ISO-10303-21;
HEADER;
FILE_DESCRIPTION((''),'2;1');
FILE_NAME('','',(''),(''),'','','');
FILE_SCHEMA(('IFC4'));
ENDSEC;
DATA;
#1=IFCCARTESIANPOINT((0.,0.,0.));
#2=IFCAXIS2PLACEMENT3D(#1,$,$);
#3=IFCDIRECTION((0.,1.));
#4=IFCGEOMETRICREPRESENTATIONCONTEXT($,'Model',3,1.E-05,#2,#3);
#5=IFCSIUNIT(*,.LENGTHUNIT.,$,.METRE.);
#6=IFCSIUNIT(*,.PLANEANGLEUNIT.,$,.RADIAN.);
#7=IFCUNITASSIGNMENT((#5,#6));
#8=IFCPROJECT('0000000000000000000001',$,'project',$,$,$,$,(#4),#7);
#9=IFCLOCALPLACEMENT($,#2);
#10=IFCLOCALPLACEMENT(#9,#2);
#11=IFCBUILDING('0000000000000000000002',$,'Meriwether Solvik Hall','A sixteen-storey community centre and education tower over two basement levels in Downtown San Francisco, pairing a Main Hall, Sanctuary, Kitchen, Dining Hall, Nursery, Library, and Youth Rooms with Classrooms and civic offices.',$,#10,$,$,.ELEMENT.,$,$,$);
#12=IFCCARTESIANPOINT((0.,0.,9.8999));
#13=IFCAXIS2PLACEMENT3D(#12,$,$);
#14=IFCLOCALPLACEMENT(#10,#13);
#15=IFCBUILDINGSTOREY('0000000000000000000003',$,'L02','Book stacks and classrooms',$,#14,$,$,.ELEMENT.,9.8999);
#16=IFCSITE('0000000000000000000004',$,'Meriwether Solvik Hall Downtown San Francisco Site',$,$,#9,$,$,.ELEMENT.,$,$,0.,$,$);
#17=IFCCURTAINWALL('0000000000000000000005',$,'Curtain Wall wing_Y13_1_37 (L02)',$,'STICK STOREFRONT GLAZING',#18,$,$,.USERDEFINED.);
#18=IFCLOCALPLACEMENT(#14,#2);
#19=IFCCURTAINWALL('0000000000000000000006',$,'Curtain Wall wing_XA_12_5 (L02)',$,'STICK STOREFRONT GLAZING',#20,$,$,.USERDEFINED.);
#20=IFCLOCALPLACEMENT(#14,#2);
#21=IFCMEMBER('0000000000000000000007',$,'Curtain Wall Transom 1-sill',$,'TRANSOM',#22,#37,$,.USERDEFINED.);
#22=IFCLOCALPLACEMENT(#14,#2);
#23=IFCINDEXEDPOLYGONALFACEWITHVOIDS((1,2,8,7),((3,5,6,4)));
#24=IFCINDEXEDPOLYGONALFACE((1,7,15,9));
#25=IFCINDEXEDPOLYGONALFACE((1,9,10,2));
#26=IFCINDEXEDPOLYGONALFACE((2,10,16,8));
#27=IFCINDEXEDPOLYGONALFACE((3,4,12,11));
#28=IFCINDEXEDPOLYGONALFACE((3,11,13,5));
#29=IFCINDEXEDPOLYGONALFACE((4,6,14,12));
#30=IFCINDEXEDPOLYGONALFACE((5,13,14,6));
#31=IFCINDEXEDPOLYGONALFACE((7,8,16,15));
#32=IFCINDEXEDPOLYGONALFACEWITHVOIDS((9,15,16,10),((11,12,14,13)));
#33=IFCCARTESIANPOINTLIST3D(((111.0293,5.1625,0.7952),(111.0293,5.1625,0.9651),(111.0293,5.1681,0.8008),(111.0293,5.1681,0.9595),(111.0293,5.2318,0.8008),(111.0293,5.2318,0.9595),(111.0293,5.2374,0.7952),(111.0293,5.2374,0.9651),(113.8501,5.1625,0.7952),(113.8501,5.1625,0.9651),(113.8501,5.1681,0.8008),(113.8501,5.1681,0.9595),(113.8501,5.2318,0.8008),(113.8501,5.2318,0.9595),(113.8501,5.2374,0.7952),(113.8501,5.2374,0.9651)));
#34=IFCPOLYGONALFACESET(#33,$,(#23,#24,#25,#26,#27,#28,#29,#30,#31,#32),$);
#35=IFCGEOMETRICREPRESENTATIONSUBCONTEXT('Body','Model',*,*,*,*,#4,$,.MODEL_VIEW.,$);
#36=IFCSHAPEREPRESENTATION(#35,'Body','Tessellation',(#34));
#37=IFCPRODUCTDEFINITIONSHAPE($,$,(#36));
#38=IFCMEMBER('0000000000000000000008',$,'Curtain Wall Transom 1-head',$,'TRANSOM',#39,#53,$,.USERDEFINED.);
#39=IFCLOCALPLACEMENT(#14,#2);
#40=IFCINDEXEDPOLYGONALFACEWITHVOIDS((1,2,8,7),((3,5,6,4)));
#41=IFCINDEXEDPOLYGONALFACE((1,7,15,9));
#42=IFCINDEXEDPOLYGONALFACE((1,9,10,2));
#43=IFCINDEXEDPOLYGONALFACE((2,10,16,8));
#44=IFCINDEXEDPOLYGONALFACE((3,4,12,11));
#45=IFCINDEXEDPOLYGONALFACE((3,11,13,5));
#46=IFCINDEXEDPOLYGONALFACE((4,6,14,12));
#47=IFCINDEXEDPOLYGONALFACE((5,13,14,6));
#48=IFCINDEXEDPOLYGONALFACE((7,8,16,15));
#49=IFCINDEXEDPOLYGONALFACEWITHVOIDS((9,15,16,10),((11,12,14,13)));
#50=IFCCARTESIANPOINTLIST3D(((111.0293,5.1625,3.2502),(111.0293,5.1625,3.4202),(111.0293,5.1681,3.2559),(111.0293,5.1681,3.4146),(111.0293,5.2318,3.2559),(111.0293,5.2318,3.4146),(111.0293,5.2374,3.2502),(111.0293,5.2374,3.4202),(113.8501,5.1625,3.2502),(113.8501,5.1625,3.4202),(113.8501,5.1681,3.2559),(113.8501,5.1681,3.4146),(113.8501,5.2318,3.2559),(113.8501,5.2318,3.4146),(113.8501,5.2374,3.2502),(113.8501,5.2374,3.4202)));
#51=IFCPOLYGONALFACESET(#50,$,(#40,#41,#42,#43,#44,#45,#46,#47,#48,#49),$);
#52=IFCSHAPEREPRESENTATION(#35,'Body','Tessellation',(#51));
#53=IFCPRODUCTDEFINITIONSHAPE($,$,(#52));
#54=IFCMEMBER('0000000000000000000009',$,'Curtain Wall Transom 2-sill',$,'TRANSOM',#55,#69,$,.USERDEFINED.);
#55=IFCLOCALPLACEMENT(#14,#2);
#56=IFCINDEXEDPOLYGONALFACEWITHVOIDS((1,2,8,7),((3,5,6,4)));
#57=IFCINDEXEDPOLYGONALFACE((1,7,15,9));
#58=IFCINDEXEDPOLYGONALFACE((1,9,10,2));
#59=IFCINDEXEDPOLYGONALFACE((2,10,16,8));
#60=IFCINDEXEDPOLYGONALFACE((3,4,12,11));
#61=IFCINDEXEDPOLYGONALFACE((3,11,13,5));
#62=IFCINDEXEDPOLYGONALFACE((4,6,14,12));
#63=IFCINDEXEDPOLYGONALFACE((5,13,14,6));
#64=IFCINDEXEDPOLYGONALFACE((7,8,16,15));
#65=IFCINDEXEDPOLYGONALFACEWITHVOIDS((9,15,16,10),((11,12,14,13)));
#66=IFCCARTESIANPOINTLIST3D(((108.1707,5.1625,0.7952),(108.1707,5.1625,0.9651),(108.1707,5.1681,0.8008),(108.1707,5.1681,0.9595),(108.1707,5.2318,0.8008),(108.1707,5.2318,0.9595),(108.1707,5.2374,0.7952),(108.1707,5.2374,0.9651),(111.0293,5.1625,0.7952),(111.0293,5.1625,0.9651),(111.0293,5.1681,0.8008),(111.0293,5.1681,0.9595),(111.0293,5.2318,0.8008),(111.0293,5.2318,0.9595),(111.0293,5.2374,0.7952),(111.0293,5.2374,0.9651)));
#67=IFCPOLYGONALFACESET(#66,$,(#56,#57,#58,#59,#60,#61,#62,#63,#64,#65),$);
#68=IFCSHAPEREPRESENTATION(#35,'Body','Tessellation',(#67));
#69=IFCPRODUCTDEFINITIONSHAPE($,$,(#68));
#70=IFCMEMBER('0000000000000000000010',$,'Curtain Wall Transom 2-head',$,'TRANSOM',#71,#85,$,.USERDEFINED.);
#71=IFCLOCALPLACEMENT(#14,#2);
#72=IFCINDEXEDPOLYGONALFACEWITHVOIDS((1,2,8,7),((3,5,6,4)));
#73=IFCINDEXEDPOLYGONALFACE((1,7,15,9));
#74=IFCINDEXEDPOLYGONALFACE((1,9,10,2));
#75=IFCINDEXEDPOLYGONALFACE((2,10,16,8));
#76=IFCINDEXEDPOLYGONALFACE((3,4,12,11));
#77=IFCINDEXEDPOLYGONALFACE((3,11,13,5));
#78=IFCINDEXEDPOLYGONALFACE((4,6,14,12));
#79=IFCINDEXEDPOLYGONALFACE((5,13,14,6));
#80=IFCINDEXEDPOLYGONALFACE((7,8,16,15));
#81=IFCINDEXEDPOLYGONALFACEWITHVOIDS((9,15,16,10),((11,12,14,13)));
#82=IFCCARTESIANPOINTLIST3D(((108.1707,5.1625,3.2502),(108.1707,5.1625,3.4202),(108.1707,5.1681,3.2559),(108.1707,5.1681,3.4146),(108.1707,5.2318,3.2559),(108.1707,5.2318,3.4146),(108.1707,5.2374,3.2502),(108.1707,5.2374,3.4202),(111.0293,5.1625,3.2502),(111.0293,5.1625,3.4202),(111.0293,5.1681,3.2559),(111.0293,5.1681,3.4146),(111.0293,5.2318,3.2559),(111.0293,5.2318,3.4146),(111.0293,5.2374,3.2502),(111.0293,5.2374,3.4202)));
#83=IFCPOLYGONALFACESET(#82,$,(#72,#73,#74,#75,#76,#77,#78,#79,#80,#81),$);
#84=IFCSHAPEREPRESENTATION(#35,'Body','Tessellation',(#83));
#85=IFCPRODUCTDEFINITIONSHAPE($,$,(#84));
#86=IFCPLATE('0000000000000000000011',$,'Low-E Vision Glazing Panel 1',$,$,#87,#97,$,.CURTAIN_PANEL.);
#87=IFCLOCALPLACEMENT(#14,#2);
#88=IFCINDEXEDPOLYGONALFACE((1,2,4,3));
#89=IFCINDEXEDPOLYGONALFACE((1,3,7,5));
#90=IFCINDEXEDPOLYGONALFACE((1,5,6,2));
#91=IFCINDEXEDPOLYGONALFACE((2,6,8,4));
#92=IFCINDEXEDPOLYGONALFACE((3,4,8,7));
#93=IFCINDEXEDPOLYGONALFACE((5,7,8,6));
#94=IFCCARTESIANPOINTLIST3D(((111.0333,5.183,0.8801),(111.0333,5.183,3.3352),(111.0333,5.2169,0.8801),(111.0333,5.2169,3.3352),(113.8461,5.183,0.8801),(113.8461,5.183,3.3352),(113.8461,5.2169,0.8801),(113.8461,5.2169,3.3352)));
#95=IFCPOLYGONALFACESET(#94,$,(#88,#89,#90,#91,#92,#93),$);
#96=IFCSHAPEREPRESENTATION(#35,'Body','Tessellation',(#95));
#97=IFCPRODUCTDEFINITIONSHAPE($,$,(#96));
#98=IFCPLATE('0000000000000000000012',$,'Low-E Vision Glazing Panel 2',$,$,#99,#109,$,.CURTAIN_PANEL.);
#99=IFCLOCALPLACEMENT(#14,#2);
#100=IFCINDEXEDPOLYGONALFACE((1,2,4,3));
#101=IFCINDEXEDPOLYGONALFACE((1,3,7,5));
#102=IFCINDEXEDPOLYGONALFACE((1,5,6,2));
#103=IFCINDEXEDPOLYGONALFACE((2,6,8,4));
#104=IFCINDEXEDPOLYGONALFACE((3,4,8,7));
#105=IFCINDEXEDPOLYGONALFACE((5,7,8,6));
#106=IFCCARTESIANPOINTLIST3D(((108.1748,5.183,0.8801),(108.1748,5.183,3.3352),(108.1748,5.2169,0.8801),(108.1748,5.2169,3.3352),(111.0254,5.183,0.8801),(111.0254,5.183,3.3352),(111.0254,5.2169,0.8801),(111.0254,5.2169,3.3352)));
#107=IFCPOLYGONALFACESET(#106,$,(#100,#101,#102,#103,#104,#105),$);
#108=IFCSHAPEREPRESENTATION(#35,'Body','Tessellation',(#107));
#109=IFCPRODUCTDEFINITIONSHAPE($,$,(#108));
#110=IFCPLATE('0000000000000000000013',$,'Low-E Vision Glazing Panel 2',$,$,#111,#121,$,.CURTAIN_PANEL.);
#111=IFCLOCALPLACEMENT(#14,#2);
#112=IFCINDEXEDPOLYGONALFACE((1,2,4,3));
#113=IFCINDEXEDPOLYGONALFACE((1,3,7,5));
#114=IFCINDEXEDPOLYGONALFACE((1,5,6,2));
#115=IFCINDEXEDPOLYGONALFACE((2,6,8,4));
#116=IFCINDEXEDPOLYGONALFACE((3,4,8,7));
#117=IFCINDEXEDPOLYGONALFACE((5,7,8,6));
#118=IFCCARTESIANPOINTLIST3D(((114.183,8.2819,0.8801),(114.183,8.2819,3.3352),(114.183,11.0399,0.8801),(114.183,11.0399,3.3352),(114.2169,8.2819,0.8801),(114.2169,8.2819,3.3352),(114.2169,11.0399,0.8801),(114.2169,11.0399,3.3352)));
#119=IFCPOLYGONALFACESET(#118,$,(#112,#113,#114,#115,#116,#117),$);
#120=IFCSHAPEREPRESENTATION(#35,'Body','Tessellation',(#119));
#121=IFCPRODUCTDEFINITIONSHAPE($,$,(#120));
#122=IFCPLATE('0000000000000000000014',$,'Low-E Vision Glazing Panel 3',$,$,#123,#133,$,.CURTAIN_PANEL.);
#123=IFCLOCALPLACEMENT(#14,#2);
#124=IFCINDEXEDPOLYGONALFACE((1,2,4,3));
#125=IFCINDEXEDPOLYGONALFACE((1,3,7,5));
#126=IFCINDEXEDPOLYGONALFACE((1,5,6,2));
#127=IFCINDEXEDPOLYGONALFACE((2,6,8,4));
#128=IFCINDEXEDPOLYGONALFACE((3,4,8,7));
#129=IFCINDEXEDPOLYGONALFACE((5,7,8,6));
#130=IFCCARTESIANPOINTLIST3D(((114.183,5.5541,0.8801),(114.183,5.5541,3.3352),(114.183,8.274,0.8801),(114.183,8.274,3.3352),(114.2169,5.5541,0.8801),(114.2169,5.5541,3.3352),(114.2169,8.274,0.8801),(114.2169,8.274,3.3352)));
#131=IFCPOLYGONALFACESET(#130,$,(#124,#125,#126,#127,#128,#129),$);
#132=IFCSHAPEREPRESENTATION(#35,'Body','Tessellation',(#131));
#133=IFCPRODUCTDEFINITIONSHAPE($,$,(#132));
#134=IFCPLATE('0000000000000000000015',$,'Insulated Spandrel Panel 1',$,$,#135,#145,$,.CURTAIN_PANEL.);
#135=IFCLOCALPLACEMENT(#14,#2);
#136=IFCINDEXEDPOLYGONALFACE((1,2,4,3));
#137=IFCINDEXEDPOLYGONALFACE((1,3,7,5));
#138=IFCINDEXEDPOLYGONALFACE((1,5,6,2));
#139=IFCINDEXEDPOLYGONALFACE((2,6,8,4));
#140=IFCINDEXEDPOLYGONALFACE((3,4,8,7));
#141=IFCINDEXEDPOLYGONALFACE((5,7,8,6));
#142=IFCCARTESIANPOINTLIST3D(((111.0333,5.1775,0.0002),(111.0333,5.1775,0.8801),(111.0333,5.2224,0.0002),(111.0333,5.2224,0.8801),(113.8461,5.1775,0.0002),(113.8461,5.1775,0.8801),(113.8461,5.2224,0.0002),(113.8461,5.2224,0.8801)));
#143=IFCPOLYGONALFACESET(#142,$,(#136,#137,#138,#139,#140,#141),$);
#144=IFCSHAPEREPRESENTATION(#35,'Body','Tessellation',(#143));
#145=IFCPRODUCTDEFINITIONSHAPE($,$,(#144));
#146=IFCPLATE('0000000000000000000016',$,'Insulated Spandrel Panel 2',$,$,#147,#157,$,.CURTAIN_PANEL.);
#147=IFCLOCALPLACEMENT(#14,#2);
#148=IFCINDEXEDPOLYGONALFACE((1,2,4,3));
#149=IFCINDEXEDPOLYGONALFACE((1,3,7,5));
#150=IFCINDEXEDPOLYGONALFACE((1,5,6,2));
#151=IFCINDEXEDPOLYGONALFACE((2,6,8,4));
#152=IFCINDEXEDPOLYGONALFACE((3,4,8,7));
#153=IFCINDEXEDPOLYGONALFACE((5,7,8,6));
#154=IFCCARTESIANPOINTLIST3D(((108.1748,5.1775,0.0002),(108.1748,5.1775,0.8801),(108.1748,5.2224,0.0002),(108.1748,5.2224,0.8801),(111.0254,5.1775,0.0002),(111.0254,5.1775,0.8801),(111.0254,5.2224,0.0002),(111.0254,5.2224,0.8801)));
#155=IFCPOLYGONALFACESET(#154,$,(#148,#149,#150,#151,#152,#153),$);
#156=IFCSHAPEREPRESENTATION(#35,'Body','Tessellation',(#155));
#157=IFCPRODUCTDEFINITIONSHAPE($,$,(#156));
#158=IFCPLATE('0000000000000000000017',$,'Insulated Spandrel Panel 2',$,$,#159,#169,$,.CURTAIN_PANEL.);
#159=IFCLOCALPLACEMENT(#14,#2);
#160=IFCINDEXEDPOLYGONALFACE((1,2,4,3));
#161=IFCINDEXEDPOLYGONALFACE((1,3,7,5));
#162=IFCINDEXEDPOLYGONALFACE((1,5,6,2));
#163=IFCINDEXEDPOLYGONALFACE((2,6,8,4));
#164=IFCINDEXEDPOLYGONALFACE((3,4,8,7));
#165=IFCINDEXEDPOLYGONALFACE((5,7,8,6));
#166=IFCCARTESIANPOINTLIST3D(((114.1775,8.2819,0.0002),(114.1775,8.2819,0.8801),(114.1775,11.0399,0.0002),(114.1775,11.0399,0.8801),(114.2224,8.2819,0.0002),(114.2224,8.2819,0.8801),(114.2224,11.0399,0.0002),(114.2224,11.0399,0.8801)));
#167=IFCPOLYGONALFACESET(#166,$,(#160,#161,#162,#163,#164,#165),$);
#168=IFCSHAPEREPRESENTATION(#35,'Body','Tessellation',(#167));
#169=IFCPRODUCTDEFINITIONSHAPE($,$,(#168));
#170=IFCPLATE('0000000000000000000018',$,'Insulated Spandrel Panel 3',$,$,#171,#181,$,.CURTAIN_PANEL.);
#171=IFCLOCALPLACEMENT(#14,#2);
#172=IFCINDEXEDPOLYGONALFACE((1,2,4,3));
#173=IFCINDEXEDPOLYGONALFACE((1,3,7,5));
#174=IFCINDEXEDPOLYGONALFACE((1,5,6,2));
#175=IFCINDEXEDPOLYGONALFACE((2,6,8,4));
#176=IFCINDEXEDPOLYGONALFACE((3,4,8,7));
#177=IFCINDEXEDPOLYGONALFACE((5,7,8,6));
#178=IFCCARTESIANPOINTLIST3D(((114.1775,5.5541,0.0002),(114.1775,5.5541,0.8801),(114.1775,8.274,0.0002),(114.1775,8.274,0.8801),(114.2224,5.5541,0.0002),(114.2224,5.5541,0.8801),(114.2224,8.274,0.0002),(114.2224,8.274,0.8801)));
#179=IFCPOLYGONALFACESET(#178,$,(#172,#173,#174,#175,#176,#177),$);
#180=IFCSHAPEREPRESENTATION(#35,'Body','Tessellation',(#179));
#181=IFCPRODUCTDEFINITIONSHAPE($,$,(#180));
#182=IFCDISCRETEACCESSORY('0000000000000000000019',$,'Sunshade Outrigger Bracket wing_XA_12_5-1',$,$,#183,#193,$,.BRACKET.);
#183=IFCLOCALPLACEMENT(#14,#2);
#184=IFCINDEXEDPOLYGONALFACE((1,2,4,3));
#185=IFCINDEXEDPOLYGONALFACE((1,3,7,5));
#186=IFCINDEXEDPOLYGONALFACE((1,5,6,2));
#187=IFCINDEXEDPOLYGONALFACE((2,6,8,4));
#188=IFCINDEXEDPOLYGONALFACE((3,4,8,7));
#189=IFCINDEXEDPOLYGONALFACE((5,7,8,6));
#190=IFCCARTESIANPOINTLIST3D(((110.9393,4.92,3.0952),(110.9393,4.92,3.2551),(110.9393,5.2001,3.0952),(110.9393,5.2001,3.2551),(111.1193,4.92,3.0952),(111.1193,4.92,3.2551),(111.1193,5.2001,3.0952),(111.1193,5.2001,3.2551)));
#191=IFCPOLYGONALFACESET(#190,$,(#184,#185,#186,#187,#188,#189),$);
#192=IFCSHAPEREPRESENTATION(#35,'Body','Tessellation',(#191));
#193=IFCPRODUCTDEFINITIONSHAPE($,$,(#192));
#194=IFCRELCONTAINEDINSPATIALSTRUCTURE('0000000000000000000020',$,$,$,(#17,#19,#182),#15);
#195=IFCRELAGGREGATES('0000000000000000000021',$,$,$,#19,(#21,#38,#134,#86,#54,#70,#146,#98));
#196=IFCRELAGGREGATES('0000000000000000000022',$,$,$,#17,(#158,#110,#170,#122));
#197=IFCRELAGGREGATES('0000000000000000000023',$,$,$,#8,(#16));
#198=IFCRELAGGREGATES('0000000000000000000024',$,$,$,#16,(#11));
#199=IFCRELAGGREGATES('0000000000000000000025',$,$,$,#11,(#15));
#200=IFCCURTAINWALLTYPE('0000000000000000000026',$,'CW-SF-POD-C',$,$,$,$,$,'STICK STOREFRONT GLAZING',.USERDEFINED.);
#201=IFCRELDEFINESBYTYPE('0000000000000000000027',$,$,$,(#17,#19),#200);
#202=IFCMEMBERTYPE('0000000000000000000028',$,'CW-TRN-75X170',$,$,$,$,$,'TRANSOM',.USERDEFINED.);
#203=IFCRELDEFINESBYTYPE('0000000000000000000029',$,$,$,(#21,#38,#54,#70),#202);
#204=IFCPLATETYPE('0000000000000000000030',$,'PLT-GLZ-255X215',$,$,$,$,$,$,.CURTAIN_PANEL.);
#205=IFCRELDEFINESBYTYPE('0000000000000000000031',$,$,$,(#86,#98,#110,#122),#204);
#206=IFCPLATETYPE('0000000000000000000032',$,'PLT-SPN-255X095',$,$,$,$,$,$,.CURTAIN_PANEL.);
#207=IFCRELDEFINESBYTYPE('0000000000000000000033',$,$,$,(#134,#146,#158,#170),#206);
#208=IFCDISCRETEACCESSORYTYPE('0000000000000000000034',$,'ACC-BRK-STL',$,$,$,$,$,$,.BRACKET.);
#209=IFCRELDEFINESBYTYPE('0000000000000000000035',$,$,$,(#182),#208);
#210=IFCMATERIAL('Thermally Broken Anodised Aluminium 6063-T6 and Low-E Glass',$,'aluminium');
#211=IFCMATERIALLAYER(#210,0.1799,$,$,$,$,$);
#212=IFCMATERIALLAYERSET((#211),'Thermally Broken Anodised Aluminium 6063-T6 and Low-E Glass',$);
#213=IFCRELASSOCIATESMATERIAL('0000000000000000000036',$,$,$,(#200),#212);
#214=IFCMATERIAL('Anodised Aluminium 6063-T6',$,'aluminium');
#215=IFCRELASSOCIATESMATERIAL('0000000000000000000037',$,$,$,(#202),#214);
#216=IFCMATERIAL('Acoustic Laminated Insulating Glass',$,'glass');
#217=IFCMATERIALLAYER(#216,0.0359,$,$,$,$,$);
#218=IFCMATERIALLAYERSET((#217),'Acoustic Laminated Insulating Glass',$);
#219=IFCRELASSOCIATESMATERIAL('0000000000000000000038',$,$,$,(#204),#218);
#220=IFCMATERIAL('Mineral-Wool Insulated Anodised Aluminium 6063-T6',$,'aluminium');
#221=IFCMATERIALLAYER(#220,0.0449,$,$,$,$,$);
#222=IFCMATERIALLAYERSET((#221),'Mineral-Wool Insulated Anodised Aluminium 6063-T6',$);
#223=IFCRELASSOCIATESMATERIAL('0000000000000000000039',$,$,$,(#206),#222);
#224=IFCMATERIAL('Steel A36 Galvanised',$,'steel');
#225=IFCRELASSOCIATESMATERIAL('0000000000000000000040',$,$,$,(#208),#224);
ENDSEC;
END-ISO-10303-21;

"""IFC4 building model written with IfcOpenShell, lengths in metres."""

from ifc_helpers import new_model, si_unit, direction, frame, origin, origin_2d, place, context, subcontext, project, spatial, rectangle, hollow_rectangle, extrude, material, layer, layer_set, material_profile, profile_set, type_object, element, aggregate, save


model = new_model("IFC4")

# Units and contexts
model_context = context("Model", 3, precision=1e-05, world=origin(), true_north=direction((0.0, 1.0)))
body_context = subcontext(model_context, "Body", "Model", "MODEL_VIEW")
ifc_project = project(units=[si_unit("LENGTHUNIT", "METRE"), si_unit("PLANEANGLEUNIT", "RADIAN")], contexts=[model_context])

# Site, building, storey
site_placement = place(None, origin())
site = spatial("IfcSite", under=ifc_project, at=site_placement, Name="Meriwether Solvik Hall Downtown San Francisco Site", CompositionType="ELEMENT", RefElevation=0.0)
building_placement = place(site_placement, origin())
building = spatial("IfcBuilding", under=site, at=building_placement, Name="Meriwether Solvik Hall", Description="A sixteen-storey community centre and education tower over two basement levels in Downtown San Francisco, pairing a Main Hall, Sanctuary, Kitchen, Dining Hall, Nursery, Library, and Youth Rooms with Classrooms and civic offices.", CompositionType="ELEMENT")
storey_placement = place(building_placement, frame((0.0, 0.0, 9.8999)))
storey = spatial("IfcBuildingStorey", under=building, at=storey_placement, Name="L02", Description="Book stacks and classrooms", CompositionType="ELEMENT", Elevation=9.8999)

# Curtain walls
ifc_material_1 = material(Name="Thermally Broken Anodised Aluminium 6063-T6 and Low-E Glass", Category="aluminium")
ifc_layer_1 = layer(ifc_material_1, 0.1799)
ifc_layer_set_1 = layer_set([ifc_layer_1], Name="Thermally Broken Anodised Aluminium 6063-T6 and Low-E Glass")
curtain_wall_type = type_object("IfcCurtainWallType", Name="CW-SF-POD-C", ElementType="STICK STOREFRONT GLAZING", PredefinedType="USERDEFINED", material=ifc_layer_set_1)
curtain_wall_1_placement = place(storey_placement, origin())
curtain_wall_1 = element("IfcCurtainWall", 1, at=curtain_wall_1_placement, inside=storey, type_object=curtain_wall_type, Name="Curtain Wall wing_Y13_1_37 (L02)", ObjectType="STICK STOREFRONT GLAZING", PredefinedType="USERDEFINED")
curtain_wall_2_placement = place(storey_placement, origin())
curtain_wall_2 = element("IfcCurtainWall", 2, at=curtain_wall_2_placement, inside=storey, type_object=curtain_wall_type, Name="Curtain Wall wing_XA_12_5 (L02)", ObjectType="STICK STOREFRONT GLAZING", PredefinedType="USERDEFINED")

# Members
ifc_material_2 = material(Name="Anodised Aluminium 6063-T6", Category="aluminium")
ifc_material_profile_1 = material_profile(ifc_material_2, hollow_rectangle(XDim=0.075, YDim=0.1699, WallThickness=0.0056, at=origin_2d()), Name="CWT-75X170")
ifc_profile_set_1 = profile_set([ifc_material_profile_1], Name="Anodised Aluminium 6063-T6")
member_type_1 = type_object("IfcMemberType", Name="CW-TRN-75X170", ElementType="TRANSOM", PredefinedType="USERDEFINED", material=ifc_profile_set_1)
member_1_placement = place(storey_placement, frame((113.8501, 5.2, 0.8801), z_axis=(-1.0, 0.0, 0.0), x_axis=(0.0, -1.0, 0.0)))
member_1 = element("IfcMember", 3, at=member_1_placement, type_object=member_type_1, Name="Curtain Wall Transom 1-sill", ObjectType="TRANSOM", PredefinedType="USERDEFINED", context=body_context, shape_type="SweptSolid", body=[
    extrude(hollow_rectangle(XDim=0.075, YDim=0.1699, WallThickness=0.0056, at=origin_2d()), origin(), (0.0, 0.0, 1.0), 2.8208),
])
member_2_placement = place(storey_placement, frame((113.8501, 5.2, 3.3352), z_axis=(-1.0, 0.0, 0.0), x_axis=(0.0, -1.0, 0.0)))
member_2 = element("IfcMember", 4, at=member_2_placement, type_object=member_type_1, Name="Curtain Wall Transom 1-head", ObjectType="TRANSOM", PredefinedType="USERDEFINED", context=body_context, shape_type="SweptSolid", body=[
    extrude(hollow_rectangle(XDim=0.075, YDim=0.1699, WallThickness=0.0056, at=origin_2d()), origin(), (0.0, 0.0, 1.0), 2.8208),
])
member_3_placement = place(storey_placement, frame((111.0293, 5.2, 0.8801), z_axis=(-1.0, 0.0, 0.0), x_axis=(0.0, -1.0, 0.0)))
member_3 = element("IfcMember", 5, at=member_3_placement, type_object=member_type_1, Name="Curtain Wall Transom 2-sill", ObjectType="TRANSOM", PredefinedType="USERDEFINED", context=body_context, shape_type="SweptSolid", body=[
    extrude(hollow_rectangle(XDim=0.075, YDim=0.1699, WallThickness=0.0056, at=origin_2d()), origin(), (0.0, 0.0, 1.0), 2.8586),
])
member_4_placement = place(storey_placement, frame((111.0293, 5.2, 3.3352), z_axis=(-1.0, 0.0, 0.0), x_axis=(0.0, -1.0, 0.0)))
member_4 = element("IfcMember", 6, at=member_4_placement, type_object=member_type_1, Name="Curtain Wall Transom 2-head", ObjectType="TRANSOM", PredefinedType="USERDEFINED", context=body_context, shape_type="SweptSolid", body=[
    extrude(hollow_rectangle(XDim=0.075, YDim=0.1699, WallThickness=0.0056, at=origin_2d()), origin(), (0.0, 0.0, 1.0), 2.8586),
])

# Plates
ifc_material_3 = material(Name="Acoustic Laminated Insulating Glass", Category="glass")
ifc_layer_2 = layer(ifc_material_3, 0.0359)
ifc_layer_set_2 = layer_set([ifc_layer_2], Name="Acoustic Laminated Insulating Glass")
plate_type_1 = type_object("IfcPlateType", Name="PLT-GLZ-255X215", PredefinedType="CURTAIN_PANEL", material=ifc_layer_set_2)
plate_1_placement = place(storey_placement, frame((112.4397, 5.2, 0.8801), z_axis=(0.0, 0.0, 1.0), x_axis=(-1.0, 0.0, 0.0)))
plate_1 = element("IfcPlate", 7, at=plate_1_placement, type_object=plate_type_1, Name="Low-E Vision Glazing Panel 1", PredefinedType="CURTAIN_PANEL", context=body_context, shape_type="SweptSolid", body=[
    extrude(rectangle(XDim=2.8127, YDim=0.0339, at=origin_2d()), origin(), (0.0, 0.0, 1.0), 2.4551),
])
plate_2_placement = place(storey_placement, frame((109.6001, 5.2, 0.8801), z_axis=(0.0, 0.0, 1.0), x_axis=(-1.0, 0.0, 0.0)))
plate_2 = element("IfcPlate", 8, at=plate_2_placement, type_object=plate_type_1, Name="Low-E Vision Glazing Panel 2", PredefinedType="CURTAIN_PANEL", context=body_context, shape_type="SweptSolid", body=[
    extrude(rectangle(XDim=2.8506, YDim=0.0339, at=origin_2d()), origin(), (0.0, 0.0, 1.0), 2.4551),
])
plate_3_placement = place(storey_placement, frame((114.2, 9.6609, 0.8801), z_axis=(0.0, 0.0, 1.0), x_axis=(0.0, -1.0, 0.0)))
plate_3 = element("IfcPlate", 9, at=plate_3_placement, type_object=plate_type_1, Name="Low-E Vision Glazing Panel 2", PredefinedType="CURTAIN_PANEL", context=body_context, shape_type="SweptSolid", body=[
    extrude(rectangle(XDim=2.7581, YDim=0.0339, at=origin_2d()), origin(), (0.0, 0.0, 1.0), 2.4551),
])
plate_4_placement = place(storey_placement, frame((114.2, 6.9141, 0.8801), z_axis=(0.0, 0.0, 1.0), x_axis=(0.0, -1.0, 0.0)))
plate_4 = element("IfcPlate", 10, at=plate_4_placement, type_object=plate_type_1, Name="Low-E Vision Glazing Panel 3", PredefinedType="CURTAIN_PANEL", context=body_context, shape_type="SweptSolid", body=[
    extrude(rectangle(XDim=2.72, YDim=0.0339, at=origin_2d()), origin(), (0.0, 0.0, 1.0), 2.4551),
])
ifc_material_4 = material(Name="Mineral-Wool Insulated Anodised Aluminium 6063-T6", Category="aluminium")
ifc_layer_3 = layer(ifc_material_4, 0.0449)
ifc_layer_set_3 = layer_set([ifc_layer_3], Name="Mineral-Wool Insulated Anodised Aluminium 6063-T6")
plate_type_2 = type_object("IfcPlateType", Name="PLT-SPN-255X095", PredefinedType="CURTAIN_PANEL", material=ifc_layer_set_3)
plate_5_placement = place(storey_placement, frame((112.4397, 5.2, 0.0002), z_axis=(0.0, 0.0, 1.0), x_axis=(-1.0, 0.0, 0.0)))
plate_5 = element("IfcPlate", 11, at=plate_5_placement, type_object=plate_type_2, Name="Insulated Spandrel Panel 1", PredefinedType="CURTAIN_PANEL", context=body_context, shape_type="SweptSolid", body=[
    extrude(rectangle(XDim=2.8127, YDim=0.0449, at=origin_2d()), origin(), (0.0, 0.0, 1.0), 0.8799),
])
plate_6_placement = place(storey_placement, frame((109.6001, 5.2, 0.0002), z_axis=(0.0, 0.0, 1.0), x_axis=(-1.0, 0.0, 0.0)))
plate_6 = element("IfcPlate", 12, at=plate_6_placement, type_object=plate_type_2, Name="Insulated Spandrel Panel 2", PredefinedType="CURTAIN_PANEL", context=body_context, shape_type="SweptSolid", body=[
    extrude(rectangle(XDim=2.8506, YDim=0.0449, at=origin_2d()), origin(), (0.0, 0.0, 1.0), 0.8799),
])
aggregate(curtain_wall_2, [member_1, member_2, plate_5, plate_1, member_3, member_4, plate_6, plate_2])
plate_7_placement = place(storey_placement, frame((114.2, 9.6609, 0.0002), z_axis=(0.0, 0.0, 1.0), x_axis=(0.0, -1.0, 0.0)))
plate_7 = element("IfcPlate", 13, at=plate_7_placement, type_object=plate_type_2, Name="Insulated Spandrel Panel 2", PredefinedType="CURTAIN_PANEL", context=body_context, shape_type="SweptSolid", body=[
    extrude(rectangle(XDim=2.7581, YDim=0.0449, at=origin_2d()), origin(), (0.0, 0.0, 1.0), 0.8799),
])
plate_8_placement = place(storey_placement, frame((114.2, 6.9141, 0.0002), z_axis=(0.0, 0.0, 1.0), x_axis=(0.0, -1.0, 0.0)))
plate_8 = element("IfcPlate", 14, at=plate_8_placement, type_object=plate_type_2, Name="Insulated Spandrel Panel 3", PredefinedType="CURTAIN_PANEL", context=body_context, shape_type="SweptSolid", body=[
    extrude(rectangle(XDim=2.72, YDim=0.0449, at=origin_2d()), origin(), (0.0, 0.0, 1.0), 0.8799),
])
aggregate(curtain_wall_1, [plate_7, plate_3, plate_8, plate_4])

# Discrete accessory
ifc_material_5 = material(Name="Steel A36 Galvanised", Category="steel")
discrete_accessory_type = type_object("IfcDiscreteAccessoryType", Name="ACC-BRK-STL", PredefinedType="BRACKET", material=ifc_material_5)
discrete_accessory_placement = place(storey_placement, frame((111.0293, 5.0601, 3.0952), z_axis=(0.0, 0.0, 1.0), x_axis=(-1.0, 0.0, 0.0)))
element("IfcDiscreteAccessory", 15, at=discrete_accessory_placement, inside=storey, type_object=discrete_accessory_type, Name="Sunshade Outrigger Bracket wing_XA_12_5-1", PredefinedType="BRACKET", context=body_context, shape_type="SweptSolid", body=[
    extrude(rectangle(XDim=0.1799, YDim=0.28, at=origin_2d()), origin(), (0.0, 0.0, 1.0), 0.1599),
])

save(model, "model.ifc")
